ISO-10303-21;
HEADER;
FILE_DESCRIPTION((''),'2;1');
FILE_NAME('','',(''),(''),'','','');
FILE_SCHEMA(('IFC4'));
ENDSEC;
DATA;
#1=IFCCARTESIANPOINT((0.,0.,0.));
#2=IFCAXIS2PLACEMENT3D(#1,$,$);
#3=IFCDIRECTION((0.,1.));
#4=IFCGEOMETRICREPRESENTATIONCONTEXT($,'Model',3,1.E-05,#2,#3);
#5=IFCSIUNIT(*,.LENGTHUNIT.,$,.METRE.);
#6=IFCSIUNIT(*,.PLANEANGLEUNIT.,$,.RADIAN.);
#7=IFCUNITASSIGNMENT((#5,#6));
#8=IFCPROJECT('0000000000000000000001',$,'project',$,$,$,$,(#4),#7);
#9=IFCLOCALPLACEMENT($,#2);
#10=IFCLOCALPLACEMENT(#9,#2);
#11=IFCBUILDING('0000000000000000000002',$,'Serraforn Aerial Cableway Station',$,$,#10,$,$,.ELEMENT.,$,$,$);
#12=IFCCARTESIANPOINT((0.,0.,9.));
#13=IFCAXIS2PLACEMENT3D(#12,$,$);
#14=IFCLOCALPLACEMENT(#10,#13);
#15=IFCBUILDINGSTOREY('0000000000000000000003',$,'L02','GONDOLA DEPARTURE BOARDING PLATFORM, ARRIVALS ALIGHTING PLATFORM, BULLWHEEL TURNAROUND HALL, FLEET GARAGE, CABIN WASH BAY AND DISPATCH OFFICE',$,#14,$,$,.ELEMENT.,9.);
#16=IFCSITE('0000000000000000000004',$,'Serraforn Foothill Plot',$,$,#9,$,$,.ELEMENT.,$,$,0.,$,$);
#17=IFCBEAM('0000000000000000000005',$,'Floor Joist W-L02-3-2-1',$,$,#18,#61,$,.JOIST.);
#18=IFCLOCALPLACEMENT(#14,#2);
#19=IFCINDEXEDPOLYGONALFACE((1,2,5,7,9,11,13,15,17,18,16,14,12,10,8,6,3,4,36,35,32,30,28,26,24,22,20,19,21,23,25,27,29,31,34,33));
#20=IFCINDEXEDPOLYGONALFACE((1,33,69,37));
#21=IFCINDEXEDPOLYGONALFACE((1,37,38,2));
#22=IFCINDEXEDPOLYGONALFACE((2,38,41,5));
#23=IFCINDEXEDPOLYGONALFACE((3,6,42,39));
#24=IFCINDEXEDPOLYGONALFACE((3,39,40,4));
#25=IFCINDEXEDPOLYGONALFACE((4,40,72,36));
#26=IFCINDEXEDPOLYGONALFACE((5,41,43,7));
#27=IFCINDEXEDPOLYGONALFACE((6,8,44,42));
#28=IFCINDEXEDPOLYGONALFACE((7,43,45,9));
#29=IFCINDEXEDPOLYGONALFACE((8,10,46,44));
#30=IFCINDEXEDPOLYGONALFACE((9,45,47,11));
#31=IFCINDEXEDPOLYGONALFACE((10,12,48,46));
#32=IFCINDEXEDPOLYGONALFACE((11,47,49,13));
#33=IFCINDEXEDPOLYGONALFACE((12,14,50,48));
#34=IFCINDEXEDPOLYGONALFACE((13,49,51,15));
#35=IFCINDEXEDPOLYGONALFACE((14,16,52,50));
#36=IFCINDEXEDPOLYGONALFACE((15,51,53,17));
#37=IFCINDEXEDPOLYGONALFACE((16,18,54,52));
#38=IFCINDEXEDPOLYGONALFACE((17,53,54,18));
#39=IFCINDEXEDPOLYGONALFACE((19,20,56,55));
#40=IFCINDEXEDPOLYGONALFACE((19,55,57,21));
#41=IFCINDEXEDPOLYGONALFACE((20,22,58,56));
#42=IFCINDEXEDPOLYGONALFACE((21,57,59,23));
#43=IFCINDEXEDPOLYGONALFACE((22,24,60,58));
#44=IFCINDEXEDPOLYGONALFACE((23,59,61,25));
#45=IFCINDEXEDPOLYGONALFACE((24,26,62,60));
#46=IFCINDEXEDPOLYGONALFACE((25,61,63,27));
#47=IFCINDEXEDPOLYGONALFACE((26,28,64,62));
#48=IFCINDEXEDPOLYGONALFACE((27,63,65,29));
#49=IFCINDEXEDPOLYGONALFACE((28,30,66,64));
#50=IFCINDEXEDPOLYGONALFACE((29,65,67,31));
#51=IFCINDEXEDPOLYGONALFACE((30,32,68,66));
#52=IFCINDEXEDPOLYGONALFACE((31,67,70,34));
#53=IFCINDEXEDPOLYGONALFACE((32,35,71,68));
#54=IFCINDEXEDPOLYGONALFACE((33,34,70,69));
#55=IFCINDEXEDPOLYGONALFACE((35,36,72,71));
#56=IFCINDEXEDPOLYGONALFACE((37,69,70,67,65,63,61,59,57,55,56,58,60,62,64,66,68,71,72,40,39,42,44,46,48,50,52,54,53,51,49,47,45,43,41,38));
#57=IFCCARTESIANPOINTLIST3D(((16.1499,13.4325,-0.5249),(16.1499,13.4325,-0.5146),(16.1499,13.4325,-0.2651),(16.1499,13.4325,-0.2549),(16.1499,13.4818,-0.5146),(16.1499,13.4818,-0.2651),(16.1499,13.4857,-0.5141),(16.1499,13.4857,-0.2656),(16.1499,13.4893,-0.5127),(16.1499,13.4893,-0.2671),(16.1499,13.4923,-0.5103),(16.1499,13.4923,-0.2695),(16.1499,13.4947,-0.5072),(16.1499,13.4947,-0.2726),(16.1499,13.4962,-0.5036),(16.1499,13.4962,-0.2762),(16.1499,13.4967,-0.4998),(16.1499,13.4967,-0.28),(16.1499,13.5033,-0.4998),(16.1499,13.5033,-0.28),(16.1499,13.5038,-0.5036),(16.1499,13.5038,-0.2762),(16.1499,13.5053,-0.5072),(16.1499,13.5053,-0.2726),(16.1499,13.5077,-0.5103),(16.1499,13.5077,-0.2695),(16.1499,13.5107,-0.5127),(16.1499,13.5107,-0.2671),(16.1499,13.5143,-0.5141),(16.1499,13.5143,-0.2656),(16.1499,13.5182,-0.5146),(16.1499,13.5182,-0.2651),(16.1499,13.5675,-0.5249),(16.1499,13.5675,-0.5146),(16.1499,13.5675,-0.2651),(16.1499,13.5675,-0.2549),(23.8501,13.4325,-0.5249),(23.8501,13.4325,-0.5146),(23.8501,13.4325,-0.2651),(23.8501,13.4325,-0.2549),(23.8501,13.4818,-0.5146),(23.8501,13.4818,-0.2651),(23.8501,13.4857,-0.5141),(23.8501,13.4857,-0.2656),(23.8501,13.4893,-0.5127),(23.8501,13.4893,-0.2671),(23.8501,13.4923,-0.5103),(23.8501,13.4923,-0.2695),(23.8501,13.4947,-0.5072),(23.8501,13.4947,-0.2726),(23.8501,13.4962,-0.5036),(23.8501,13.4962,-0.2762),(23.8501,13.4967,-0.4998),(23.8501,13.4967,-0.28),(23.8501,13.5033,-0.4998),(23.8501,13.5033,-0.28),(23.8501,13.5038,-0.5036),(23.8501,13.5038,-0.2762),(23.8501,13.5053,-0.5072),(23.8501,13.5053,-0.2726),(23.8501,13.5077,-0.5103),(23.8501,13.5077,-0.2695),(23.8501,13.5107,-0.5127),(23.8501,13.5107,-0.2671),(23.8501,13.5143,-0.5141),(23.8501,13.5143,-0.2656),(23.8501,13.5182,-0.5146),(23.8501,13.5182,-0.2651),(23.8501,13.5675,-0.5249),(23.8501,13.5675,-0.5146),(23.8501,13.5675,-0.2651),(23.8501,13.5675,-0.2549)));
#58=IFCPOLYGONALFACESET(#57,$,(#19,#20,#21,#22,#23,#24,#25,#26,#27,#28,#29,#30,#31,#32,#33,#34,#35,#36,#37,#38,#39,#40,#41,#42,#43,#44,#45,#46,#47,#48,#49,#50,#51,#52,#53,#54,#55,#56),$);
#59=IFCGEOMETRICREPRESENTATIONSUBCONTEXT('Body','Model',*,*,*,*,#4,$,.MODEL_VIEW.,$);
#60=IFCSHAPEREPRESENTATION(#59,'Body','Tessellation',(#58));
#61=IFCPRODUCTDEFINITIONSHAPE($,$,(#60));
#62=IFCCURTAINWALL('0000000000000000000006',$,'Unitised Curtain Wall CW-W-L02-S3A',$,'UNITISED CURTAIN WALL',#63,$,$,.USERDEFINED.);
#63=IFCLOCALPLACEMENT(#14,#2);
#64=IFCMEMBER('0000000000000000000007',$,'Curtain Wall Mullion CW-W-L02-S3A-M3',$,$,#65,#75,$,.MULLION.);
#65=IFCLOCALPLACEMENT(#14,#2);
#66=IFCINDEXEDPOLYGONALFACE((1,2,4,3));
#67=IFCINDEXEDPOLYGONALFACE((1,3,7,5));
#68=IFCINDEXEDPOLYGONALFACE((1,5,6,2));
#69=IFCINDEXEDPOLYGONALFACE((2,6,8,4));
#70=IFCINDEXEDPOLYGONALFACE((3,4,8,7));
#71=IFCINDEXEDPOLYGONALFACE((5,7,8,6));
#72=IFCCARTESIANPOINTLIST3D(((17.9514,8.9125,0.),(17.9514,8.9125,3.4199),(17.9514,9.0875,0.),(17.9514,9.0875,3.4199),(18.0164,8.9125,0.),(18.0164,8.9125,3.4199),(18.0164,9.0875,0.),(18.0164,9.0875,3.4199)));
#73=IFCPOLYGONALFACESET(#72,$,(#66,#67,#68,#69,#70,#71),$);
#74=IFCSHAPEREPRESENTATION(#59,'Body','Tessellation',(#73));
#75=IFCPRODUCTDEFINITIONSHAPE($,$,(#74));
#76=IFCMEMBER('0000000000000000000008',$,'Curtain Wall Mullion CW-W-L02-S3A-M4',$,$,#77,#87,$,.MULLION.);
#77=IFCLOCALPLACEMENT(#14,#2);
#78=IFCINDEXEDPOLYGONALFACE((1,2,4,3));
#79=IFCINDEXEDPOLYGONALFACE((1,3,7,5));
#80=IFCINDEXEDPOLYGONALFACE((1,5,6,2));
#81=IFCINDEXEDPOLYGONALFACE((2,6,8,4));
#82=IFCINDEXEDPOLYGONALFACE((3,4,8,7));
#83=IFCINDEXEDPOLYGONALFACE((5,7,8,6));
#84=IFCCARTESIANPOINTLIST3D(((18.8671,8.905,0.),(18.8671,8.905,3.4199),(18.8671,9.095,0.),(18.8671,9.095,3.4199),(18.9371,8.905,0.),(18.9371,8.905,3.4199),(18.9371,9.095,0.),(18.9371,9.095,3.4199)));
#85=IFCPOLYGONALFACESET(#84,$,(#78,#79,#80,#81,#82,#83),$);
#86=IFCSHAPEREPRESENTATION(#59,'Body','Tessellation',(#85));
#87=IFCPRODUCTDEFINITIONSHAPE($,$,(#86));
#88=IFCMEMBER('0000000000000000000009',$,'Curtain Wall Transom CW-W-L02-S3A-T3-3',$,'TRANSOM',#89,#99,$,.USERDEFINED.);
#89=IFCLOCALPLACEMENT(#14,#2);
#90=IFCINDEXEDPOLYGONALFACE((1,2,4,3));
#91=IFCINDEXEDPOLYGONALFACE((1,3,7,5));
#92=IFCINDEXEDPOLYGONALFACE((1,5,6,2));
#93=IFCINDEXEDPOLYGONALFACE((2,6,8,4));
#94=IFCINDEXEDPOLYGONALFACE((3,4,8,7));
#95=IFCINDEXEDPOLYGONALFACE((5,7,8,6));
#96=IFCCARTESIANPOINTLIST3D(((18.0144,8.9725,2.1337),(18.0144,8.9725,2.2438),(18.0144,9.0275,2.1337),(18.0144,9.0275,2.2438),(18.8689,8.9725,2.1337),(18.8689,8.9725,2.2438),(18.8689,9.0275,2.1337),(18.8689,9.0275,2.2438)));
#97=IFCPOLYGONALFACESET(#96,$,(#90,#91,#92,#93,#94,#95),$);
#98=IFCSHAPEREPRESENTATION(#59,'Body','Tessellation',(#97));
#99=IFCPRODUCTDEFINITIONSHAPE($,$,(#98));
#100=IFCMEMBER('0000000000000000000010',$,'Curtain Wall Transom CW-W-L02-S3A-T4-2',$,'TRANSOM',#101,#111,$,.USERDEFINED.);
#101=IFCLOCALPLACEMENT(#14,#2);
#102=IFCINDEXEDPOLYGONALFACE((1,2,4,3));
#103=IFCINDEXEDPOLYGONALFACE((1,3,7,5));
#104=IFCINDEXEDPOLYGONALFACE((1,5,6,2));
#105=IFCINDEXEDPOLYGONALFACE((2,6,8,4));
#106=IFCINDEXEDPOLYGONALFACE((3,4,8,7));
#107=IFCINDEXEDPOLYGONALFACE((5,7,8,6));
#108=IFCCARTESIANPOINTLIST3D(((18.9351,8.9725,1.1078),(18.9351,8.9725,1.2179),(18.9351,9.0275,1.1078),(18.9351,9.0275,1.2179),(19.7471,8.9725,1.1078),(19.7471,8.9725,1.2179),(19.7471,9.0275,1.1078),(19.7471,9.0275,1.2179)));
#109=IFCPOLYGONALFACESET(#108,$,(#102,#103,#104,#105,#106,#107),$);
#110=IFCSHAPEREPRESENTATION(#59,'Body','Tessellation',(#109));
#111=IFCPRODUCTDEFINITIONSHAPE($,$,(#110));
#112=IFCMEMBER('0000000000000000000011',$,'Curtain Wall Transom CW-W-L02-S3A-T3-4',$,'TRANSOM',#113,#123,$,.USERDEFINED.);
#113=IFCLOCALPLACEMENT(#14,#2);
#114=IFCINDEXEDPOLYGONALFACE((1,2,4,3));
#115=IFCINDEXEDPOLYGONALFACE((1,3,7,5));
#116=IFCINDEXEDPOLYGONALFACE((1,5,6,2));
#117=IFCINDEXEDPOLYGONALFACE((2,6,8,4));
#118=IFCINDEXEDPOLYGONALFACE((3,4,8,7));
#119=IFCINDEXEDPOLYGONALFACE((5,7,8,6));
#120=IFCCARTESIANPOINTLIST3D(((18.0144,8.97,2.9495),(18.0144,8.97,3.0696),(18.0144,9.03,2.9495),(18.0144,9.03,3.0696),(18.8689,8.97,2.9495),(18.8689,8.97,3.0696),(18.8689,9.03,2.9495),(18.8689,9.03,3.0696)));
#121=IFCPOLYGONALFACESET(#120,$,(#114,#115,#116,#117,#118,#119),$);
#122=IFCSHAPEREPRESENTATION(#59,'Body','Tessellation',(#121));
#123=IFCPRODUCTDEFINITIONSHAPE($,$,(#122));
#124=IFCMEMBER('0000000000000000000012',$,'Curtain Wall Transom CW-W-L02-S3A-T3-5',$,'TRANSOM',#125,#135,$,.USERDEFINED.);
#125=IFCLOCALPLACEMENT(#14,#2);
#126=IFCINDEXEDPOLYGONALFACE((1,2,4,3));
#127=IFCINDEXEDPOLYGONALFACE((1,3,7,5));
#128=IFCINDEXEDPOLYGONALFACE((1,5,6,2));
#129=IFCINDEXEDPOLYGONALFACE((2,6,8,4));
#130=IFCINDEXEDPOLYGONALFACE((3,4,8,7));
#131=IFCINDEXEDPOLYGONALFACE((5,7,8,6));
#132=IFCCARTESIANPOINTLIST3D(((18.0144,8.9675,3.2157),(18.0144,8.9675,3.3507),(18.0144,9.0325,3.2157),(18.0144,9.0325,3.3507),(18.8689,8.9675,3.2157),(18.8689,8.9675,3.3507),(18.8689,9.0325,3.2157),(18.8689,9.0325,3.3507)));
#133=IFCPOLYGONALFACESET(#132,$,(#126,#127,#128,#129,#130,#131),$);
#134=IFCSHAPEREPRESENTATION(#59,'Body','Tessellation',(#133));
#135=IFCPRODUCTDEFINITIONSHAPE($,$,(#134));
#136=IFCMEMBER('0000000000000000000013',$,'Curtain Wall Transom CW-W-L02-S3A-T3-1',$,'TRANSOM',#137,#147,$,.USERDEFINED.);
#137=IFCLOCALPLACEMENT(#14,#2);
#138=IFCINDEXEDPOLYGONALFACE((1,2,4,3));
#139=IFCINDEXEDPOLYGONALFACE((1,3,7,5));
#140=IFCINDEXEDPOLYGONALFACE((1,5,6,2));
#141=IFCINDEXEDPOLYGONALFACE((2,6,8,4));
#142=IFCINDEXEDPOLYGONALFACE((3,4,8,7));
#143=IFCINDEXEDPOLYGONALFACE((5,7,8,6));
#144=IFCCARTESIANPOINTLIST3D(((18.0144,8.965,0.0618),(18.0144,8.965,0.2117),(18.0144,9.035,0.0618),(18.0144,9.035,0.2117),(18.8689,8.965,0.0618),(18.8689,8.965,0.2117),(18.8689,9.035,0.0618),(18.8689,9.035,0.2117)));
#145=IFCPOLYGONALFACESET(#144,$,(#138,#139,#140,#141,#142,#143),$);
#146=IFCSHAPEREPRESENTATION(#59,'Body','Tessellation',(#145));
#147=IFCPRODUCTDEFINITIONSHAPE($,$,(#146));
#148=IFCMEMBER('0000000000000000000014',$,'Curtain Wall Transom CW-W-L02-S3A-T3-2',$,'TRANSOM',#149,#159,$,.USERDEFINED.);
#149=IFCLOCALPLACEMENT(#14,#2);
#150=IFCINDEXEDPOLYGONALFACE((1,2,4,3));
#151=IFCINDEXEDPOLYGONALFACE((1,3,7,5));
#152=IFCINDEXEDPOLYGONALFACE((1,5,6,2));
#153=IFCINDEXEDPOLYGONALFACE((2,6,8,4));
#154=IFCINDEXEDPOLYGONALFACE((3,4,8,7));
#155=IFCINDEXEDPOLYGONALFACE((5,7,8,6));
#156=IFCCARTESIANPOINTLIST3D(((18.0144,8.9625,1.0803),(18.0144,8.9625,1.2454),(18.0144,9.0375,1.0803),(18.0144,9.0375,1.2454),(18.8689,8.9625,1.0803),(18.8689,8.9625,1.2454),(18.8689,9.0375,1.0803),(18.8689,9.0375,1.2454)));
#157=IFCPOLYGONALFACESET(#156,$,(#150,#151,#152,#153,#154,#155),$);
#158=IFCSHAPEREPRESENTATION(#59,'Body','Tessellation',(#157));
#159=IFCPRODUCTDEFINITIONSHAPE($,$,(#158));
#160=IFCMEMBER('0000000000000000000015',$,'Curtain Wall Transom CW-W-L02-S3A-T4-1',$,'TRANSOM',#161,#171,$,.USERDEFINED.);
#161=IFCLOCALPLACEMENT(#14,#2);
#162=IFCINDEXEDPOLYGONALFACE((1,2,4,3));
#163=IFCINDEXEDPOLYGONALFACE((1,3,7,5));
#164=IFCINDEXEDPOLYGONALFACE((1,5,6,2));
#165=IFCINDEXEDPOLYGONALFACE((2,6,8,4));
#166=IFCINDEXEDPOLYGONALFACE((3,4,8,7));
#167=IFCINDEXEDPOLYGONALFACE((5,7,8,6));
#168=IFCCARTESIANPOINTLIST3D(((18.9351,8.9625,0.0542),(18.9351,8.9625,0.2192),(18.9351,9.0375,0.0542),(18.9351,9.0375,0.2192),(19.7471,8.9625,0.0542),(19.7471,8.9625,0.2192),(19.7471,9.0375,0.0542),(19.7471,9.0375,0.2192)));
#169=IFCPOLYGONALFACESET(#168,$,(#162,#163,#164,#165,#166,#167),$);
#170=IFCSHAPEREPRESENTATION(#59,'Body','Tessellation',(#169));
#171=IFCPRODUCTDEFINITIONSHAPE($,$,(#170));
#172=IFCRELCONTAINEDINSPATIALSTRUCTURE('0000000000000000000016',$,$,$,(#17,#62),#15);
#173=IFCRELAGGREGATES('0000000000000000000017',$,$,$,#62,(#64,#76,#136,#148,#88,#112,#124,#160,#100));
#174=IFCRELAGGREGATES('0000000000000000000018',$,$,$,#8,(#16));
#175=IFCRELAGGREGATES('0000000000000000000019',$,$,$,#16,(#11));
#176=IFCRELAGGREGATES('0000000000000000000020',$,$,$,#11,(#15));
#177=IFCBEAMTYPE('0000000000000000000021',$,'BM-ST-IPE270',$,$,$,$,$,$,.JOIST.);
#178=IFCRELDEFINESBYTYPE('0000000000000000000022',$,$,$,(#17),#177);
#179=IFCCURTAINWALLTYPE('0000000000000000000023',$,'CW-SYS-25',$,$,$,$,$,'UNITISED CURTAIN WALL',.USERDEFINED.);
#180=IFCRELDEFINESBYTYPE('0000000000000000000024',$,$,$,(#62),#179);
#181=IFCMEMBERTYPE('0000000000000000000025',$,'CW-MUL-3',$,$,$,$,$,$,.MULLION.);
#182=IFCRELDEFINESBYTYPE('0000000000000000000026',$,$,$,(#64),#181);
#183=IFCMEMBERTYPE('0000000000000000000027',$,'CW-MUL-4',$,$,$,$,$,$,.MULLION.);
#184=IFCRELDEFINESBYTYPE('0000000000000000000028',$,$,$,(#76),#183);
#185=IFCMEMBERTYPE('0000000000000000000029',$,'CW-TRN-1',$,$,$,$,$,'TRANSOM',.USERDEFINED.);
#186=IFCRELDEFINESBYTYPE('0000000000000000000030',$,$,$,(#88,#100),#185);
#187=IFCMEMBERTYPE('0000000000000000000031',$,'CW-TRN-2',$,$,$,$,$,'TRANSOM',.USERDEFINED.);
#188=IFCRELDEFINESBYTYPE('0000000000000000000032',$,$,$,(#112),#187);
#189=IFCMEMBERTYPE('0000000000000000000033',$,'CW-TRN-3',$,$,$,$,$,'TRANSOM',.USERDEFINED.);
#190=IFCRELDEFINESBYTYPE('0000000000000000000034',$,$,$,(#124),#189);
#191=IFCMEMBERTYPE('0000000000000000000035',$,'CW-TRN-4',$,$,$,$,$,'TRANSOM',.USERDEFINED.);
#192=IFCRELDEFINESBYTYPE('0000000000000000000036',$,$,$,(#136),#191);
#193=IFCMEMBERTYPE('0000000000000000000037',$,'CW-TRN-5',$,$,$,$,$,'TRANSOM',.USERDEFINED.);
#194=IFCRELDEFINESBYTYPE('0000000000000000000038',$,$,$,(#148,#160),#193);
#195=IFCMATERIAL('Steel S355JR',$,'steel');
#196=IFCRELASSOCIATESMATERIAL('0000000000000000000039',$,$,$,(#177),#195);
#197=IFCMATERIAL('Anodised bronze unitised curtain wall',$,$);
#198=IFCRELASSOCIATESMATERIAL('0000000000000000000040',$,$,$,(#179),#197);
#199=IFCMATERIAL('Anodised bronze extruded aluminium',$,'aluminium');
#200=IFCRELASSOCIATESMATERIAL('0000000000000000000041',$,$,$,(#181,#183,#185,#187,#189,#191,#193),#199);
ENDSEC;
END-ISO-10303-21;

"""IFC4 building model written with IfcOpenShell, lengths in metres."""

from ifc_helpers import new_model, si_unit, direction, frame, origin, origin_2d, place, context, subcontext, project, spatial, rectangle, i_section, extrude, material, material_profile, profile_set, type_object, element, aggregate, save


model = new_model("IFC4")

# Units and contexts
model_context = context("Model", 3, precision=1e-05, world=origin(), true_north=direction((0.0, 1.0)))
body_context = subcontext(model_context, "Body", "Model", "MODEL_VIEW")
ifc_project = project(units=[si_unit("LENGTHUNIT", "METRE"), si_unit("PLANEANGLEUNIT", "RADIAN")], contexts=[model_context])

# Site, building, storey
site_placement = place(None, origin())
site = spatial("IfcSite", under=ifc_project, at=site_placement, Name="Serraforn Foothill Plot", CompositionType="ELEMENT", RefElevation=0.0)
building_placement = place(site_placement, origin())
building = spatial("IfcBuilding", under=site, at=building_placement, Name="Serraforn Aerial Cableway Station", CompositionType="ELEMENT")
storey_placement = place(building_placement, frame((0.0, 0.0, 9.0)))
storey = spatial("IfcBuildingStorey", under=building, at=storey_placement, Name="L02", Description="GONDOLA DEPARTURE BOARDING PLATFORM, ARRIVALS ALIGHTING PLATFORM, BULLWHEEL TURNAROUND HALL, FLEET GARAGE, CABIN WASH BAY AND DISPATCH OFFICE", CompositionType="ELEMENT", Elevation=9.0)

# Beam
ifc_material_1 = material(Name="Steel S355JR", Category="steel")
ifc_material_profile_1 = material_profile(ifc_material_1, i_section(OverallWidth=0.135, OverallDepth=0.27, WebThickness=0.0066, FlangeThickness=0.0103, FilletRadius=0.0149, at=origin_2d()), Name="IPE 270")
ifc_profile_set_1 = profile_set([ifc_material_profile_1], Name="Steel S355JR")
beam_type = type_object("IfcBeamType", Name="BM-ST-IPE270", PredefinedType="JOIST", material=ifc_profile_set_1)
beam_placement = place(storey_placement, frame((16.1499, 13.5, -0.3899), z_axis=(1.0, 0.0, 0.0), x_axis=(0.0, 1.0, 0.0)))
element("IfcBeam", 1, at=beam_placement, inside=storey, type_object=beam_type, Name="Floor Joist W-L02-3-2-1", PredefinedType="JOIST", context=body_context, shape_type="SweptSolid", body=[
    extrude(i_section(OverallWidth=0.135, OverallDepth=0.27, WebThickness=0.0066, FlangeThickness=0.0103, FilletRadius=0.0149, at=origin_2d()), origin(), (0.0, 0.0, 1.0), 7.7002),
])

# Curtain wall, members
ifc_material_2 = material(Name="Anodised bronze unitised curtain wall")
curtain_wall_type = type_object("IfcCurtainWallType", Name="CW-SYS-25", ElementType="UNITISED CURTAIN WALL", PredefinedType="USERDEFINED", material=ifc_material_2)
curtain_wall_placement = place(storey_placement, origin())
curtain_wall = element("IfcCurtainWall", 2, at=curtain_wall_placement, inside=storey, type_object=curtain_wall_type, Name="Unitised Curtain Wall CW-W-L02-S3A", ObjectType="UNITISED CURTAIN WALL", PredefinedType="USERDEFINED")
ifc_material_3 = material(Name="Anodised bronze extruded aluminium", Category="aluminium")
ifc_material_profile_2 = material_profile(ifc_material_3, rectangle(XDim=0.0649, YDim=0.175, at=origin_2d()), Name="CW MULLION 65x175")
ifc_profile_set_2 = profile_set([ifc_material_profile_2], Name="Anodised bronze extruded aluminium")
member_type_1 = type_object("IfcMemberType", Name="CW-MUL-3", PredefinedType="MULLION", material=ifc_profile_set_2)
member_1_placement = place(storey_placement, frame((17.9839, 9.0, 0.0), z_axis=(0.0, 0.0, 1.0), x_axis=(1.0, 0.0, 0.0)))
member_1 = element("IfcMember", 3, at=member_1_placement, type_object=member_type_1, Name="Curtain Wall Mullion CW-W-L02-S3A-M3", PredefinedType="MULLION", context=body_context, shape_type="SweptSolid", body=[
    extrude(rectangle(XDim=0.0649, YDim=0.175, at=origin_2d()), origin(), (0.0, 0.0, 1.0), 3.4199),
])
ifc_material_profile_3 = material_profile(ifc_material_3, rectangle(XDim=0.0701, YDim=0.1899, at=origin_2d()), Name="CW MULLION 70x190")
ifc_profile_set_3 = profile_set([ifc_material_profile_3], Name="Anodised bronze extruded aluminium")
member_type_2 = type_object("IfcMemberType", Name="CW-MUL-4", PredefinedType="MULLION", material=ifc_profile_set_3)
member_2_placement = place(storey_placement, frame((18.9021, 9.0, 0.0), z_axis=(0.0, 0.0, 1.0), x_axis=(1.0, 0.0, 0.0)))
member_2 = element("IfcMember", 4, at=member_2_placement, type_object=member_type_2, Name="Curtain Wall Mullion CW-W-L02-S3A-M4", PredefinedType="MULLION", context=body_context, shape_type="SweptSolid", body=[
    extrude(rectangle(XDim=0.0701, YDim=0.1899, at=origin_2d()), origin(), (0.0, 0.0, 1.0), 3.4199),
])
ifc_material_profile_4 = material_profile(ifc_material_3, rectangle(XDim=0.0549, YDim=0.1101, at=origin_2d()), Name="CW TRANSOM 55x110")
ifc_profile_set_4 = profile_set([ifc_material_profile_4], Name="Anodised bronze extruded aluminium")
member_type_3 = type_object("IfcMemberType", Name="CW-TRN-1", ElementType="TRANSOM", PredefinedType="USERDEFINED", material=ifc_profile_set_4)
member_3_placement = place(storey_placement, frame((18.0144, 9.0, 2.1887), z_axis=(1.0, 0.0, 0.0), x_axis=(0.0, 1.0, 0.0)))
member_3 = element("IfcMember", 5, at=member_3_placement, type_object=member_type_3, Name="Curtain Wall Transom CW-W-L02-S3A-T3-3", ObjectType="TRANSOM", PredefinedType="USERDEFINED", context=body_context, shape_type="SweptSolid", body=[
    extrude(rectangle(XDim=0.0549, YDim=0.1101, at=origin_2d()), origin(), (0.0, 0.0, 1.0), 0.8545),
])
member_4_placement = place(storey_placement, frame((18.9351, 9.0, 1.1628), z_axis=(1.0, 0.0, 0.0), x_axis=(0.0, 1.0, 0.0)))
member_4 = element("IfcMember", 6, at=member_4_placement, type_object=member_type_3, Name="Curtain Wall Transom CW-W-L02-S3A-T4-2", ObjectType="TRANSOM", PredefinedType="USERDEFINED", context=body_context, shape_type="SweptSolid", body=[
    extrude(rectangle(XDim=0.0549, YDim=0.1101, at=origin_2d()), origin(), (0.0, 0.0, 1.0), 0.812),
])
ifc_material_profile_5 = material_profile(ifc_material_3, rectangle(XDim=0.0601, YDim=0.1201, at=origin_2d()), Name="CW TRANSOM 60x120")
ifc_profile_set_5 = profile_set([ifc_material_profile_5], Name="Anodised bronze extruded aluminium")
member_type_4 = type_object("IfcMemberType", Name="CW-TRN-2", ElementType="TRANSOM", PredefinedType="USERDEFINED", material=ifc_profile_set_5)
member_5_placement = place(storey_placement, frame((18.0144, 9.0, 3.0095), z_axis=(1.0, 0.0, 0.0), x_axis=(0.0, 1.0, 0.0)))
member_5 = element("IfcMember", 7, at=member_5_placement, type_object=member_type_4, Name="Curtain Wall Transom CW-W-L02-S3A-T3-4", ObjectType="TRANSOM", PredefinedType="USERDEFINED", context=body_context, shape_type="SweptSolid", body=[
    extrude(rectangle(XDim=0.0601, YDim=0.1201, at=origin_2d()), origin(), (0.0, 0.0, 1.0), 0.8545),
])
ifc_material_profile_6 = material_profile(ifc_material_3, rectangle(XDim=0.0649, YDim=0.135, at=origin_2d()), Name="CW TRANSOM 65x135")
ifc_profile_set_6 = profile_set([ifc_material_profile_6], Name="Anodised bronze extruded aluminium")
member_type_5 = type_object("IfcMemberType", Name="CW-TRN-3", ElementType="TRANSOM", PredefinedType="USERDEFINED", material=ifc_profile_set_6)
member_6_placement = place(storey_placement, frame((18.0144, 9.0, 3.2832), z_axis=(1.0, 0.0, 0.0), x_axis=(0.0, 1.0, 0.0)))
member_6 = element("IfcMember", 8, at=member_6_placement, type_object=member_type_5, Name="Curtain Wall Transom CW-W-L02-S3A-T3-5", ObjectType="TRANSOM", PredefinedType="USERDEFINED", context=body_context, shape_type="SweptSolid", body=[
    extrude(rectangle(XDim=0.0649, YDim=0.135, at=origin_2d()), origin(), (0.0, 0.0, 1.0), 0.8545),
])
ifc_material_profile_7 = material_profile(ifc_material_3, rectangle(XDim=0.0701, YDim=0.1499, at=origin_2d()), Name="CW TRANSOM 70x150")
ifc_profile_set_7 = profile_set([ifc_material_profile_7], Name="Anodised bronze extruded aluminium")
member_type_6 = type_object("IfcMemberType", Name="CW-TRN-4", ElementType="TRANSOM", PredefinedType="USERDEFINED", material=ifc_profile_set_7)
member_7_placement = place(storey_placement, frame((18.0144, 9.0, 0.1367), z_axis=(1.0, 0.0, 0.0), x_axis=(0.0, 1.0, 0.0)))
member_7 = element("IfcMember", 9, at=member_7_placement, type_object=member_type_6, Name="Curtain Wall Transom CW-W-L02-S3A-T3-1", ObjectType="TRANSOM", PredefinedType="USERDEFINED", context=body_context, shape_type="SweptSolid", body=[
    extrude(rectangle(XDim=0.0701, YDim=0.1499, at=origin_2d()), origin(), (0.0, 0.0, 1.0), 0.8545),
])
ifc_material_profile_8 = material_profile(ifc_material_3, rectangle(XDim=0.075, YDim=0.165, at=origin_2d()), Name="CW TRANSOM 75x165")
ifc_profile_set_8 = profile_set([ifc_material_profile_8], Name="Anodised bronze extruded aluminium")
member_type_7 = type_object("IfcMemberType", Name="CW-TRN-5", ElementType="TRANSOM", PredefinedType="USERDEFINED", material=ifc_profile_set_8)
member_8_placement = place(storey_placement, frame((18.0144, 9.0, 1.1628), z_axis=(1.0, 0.0, 0.0), x_axis=(0.0, 1.0, 0.0)))
member_8 = element("IfcMember", 10, at=member_8_placement, type_object=member_type_7, Name="Curtain Wall Transom CW-W-L02-S3A-T3-2", ObjectType="TRANSOM", PredefinedType="USERDEFINED", context=body_context, shape_type="SweptSolid", body=[
    extrude(rectangle(XDim=0.075, YDim=0.165, at=origin_2d()), origin(), (0.0, 0.0, 1.0), 0.8545),
])
member_9_placement = place(storey_placement, frame((18.9351, 9.0, 0.1367), z_axis=(1.0, 0.0, 0.0), x_axis=(0.0, 1.0, 0.0)))
member_9 = element("IfcMember", 11, at=member_9_placement, type_object=member_type_7, Name="Curtain Wall Transom CW-W-L02-S3A-T4-1", ObjectType="TRANSOM", PredefinedType="USERDEFINED", context=body_context, shape_type="SweptSolid", body=[
    extrude(rectangle(XDim=0.075, YDim=0.165, at=origin_2d()), origin(), (0.0, 0.0, 1.0), 0.812),
])
aggregate(curtain_wall, [member_1, member_2, member_7, member_8, member_3, member_5, member_6, member_9, member_4])

save(model, "model.ifc")
